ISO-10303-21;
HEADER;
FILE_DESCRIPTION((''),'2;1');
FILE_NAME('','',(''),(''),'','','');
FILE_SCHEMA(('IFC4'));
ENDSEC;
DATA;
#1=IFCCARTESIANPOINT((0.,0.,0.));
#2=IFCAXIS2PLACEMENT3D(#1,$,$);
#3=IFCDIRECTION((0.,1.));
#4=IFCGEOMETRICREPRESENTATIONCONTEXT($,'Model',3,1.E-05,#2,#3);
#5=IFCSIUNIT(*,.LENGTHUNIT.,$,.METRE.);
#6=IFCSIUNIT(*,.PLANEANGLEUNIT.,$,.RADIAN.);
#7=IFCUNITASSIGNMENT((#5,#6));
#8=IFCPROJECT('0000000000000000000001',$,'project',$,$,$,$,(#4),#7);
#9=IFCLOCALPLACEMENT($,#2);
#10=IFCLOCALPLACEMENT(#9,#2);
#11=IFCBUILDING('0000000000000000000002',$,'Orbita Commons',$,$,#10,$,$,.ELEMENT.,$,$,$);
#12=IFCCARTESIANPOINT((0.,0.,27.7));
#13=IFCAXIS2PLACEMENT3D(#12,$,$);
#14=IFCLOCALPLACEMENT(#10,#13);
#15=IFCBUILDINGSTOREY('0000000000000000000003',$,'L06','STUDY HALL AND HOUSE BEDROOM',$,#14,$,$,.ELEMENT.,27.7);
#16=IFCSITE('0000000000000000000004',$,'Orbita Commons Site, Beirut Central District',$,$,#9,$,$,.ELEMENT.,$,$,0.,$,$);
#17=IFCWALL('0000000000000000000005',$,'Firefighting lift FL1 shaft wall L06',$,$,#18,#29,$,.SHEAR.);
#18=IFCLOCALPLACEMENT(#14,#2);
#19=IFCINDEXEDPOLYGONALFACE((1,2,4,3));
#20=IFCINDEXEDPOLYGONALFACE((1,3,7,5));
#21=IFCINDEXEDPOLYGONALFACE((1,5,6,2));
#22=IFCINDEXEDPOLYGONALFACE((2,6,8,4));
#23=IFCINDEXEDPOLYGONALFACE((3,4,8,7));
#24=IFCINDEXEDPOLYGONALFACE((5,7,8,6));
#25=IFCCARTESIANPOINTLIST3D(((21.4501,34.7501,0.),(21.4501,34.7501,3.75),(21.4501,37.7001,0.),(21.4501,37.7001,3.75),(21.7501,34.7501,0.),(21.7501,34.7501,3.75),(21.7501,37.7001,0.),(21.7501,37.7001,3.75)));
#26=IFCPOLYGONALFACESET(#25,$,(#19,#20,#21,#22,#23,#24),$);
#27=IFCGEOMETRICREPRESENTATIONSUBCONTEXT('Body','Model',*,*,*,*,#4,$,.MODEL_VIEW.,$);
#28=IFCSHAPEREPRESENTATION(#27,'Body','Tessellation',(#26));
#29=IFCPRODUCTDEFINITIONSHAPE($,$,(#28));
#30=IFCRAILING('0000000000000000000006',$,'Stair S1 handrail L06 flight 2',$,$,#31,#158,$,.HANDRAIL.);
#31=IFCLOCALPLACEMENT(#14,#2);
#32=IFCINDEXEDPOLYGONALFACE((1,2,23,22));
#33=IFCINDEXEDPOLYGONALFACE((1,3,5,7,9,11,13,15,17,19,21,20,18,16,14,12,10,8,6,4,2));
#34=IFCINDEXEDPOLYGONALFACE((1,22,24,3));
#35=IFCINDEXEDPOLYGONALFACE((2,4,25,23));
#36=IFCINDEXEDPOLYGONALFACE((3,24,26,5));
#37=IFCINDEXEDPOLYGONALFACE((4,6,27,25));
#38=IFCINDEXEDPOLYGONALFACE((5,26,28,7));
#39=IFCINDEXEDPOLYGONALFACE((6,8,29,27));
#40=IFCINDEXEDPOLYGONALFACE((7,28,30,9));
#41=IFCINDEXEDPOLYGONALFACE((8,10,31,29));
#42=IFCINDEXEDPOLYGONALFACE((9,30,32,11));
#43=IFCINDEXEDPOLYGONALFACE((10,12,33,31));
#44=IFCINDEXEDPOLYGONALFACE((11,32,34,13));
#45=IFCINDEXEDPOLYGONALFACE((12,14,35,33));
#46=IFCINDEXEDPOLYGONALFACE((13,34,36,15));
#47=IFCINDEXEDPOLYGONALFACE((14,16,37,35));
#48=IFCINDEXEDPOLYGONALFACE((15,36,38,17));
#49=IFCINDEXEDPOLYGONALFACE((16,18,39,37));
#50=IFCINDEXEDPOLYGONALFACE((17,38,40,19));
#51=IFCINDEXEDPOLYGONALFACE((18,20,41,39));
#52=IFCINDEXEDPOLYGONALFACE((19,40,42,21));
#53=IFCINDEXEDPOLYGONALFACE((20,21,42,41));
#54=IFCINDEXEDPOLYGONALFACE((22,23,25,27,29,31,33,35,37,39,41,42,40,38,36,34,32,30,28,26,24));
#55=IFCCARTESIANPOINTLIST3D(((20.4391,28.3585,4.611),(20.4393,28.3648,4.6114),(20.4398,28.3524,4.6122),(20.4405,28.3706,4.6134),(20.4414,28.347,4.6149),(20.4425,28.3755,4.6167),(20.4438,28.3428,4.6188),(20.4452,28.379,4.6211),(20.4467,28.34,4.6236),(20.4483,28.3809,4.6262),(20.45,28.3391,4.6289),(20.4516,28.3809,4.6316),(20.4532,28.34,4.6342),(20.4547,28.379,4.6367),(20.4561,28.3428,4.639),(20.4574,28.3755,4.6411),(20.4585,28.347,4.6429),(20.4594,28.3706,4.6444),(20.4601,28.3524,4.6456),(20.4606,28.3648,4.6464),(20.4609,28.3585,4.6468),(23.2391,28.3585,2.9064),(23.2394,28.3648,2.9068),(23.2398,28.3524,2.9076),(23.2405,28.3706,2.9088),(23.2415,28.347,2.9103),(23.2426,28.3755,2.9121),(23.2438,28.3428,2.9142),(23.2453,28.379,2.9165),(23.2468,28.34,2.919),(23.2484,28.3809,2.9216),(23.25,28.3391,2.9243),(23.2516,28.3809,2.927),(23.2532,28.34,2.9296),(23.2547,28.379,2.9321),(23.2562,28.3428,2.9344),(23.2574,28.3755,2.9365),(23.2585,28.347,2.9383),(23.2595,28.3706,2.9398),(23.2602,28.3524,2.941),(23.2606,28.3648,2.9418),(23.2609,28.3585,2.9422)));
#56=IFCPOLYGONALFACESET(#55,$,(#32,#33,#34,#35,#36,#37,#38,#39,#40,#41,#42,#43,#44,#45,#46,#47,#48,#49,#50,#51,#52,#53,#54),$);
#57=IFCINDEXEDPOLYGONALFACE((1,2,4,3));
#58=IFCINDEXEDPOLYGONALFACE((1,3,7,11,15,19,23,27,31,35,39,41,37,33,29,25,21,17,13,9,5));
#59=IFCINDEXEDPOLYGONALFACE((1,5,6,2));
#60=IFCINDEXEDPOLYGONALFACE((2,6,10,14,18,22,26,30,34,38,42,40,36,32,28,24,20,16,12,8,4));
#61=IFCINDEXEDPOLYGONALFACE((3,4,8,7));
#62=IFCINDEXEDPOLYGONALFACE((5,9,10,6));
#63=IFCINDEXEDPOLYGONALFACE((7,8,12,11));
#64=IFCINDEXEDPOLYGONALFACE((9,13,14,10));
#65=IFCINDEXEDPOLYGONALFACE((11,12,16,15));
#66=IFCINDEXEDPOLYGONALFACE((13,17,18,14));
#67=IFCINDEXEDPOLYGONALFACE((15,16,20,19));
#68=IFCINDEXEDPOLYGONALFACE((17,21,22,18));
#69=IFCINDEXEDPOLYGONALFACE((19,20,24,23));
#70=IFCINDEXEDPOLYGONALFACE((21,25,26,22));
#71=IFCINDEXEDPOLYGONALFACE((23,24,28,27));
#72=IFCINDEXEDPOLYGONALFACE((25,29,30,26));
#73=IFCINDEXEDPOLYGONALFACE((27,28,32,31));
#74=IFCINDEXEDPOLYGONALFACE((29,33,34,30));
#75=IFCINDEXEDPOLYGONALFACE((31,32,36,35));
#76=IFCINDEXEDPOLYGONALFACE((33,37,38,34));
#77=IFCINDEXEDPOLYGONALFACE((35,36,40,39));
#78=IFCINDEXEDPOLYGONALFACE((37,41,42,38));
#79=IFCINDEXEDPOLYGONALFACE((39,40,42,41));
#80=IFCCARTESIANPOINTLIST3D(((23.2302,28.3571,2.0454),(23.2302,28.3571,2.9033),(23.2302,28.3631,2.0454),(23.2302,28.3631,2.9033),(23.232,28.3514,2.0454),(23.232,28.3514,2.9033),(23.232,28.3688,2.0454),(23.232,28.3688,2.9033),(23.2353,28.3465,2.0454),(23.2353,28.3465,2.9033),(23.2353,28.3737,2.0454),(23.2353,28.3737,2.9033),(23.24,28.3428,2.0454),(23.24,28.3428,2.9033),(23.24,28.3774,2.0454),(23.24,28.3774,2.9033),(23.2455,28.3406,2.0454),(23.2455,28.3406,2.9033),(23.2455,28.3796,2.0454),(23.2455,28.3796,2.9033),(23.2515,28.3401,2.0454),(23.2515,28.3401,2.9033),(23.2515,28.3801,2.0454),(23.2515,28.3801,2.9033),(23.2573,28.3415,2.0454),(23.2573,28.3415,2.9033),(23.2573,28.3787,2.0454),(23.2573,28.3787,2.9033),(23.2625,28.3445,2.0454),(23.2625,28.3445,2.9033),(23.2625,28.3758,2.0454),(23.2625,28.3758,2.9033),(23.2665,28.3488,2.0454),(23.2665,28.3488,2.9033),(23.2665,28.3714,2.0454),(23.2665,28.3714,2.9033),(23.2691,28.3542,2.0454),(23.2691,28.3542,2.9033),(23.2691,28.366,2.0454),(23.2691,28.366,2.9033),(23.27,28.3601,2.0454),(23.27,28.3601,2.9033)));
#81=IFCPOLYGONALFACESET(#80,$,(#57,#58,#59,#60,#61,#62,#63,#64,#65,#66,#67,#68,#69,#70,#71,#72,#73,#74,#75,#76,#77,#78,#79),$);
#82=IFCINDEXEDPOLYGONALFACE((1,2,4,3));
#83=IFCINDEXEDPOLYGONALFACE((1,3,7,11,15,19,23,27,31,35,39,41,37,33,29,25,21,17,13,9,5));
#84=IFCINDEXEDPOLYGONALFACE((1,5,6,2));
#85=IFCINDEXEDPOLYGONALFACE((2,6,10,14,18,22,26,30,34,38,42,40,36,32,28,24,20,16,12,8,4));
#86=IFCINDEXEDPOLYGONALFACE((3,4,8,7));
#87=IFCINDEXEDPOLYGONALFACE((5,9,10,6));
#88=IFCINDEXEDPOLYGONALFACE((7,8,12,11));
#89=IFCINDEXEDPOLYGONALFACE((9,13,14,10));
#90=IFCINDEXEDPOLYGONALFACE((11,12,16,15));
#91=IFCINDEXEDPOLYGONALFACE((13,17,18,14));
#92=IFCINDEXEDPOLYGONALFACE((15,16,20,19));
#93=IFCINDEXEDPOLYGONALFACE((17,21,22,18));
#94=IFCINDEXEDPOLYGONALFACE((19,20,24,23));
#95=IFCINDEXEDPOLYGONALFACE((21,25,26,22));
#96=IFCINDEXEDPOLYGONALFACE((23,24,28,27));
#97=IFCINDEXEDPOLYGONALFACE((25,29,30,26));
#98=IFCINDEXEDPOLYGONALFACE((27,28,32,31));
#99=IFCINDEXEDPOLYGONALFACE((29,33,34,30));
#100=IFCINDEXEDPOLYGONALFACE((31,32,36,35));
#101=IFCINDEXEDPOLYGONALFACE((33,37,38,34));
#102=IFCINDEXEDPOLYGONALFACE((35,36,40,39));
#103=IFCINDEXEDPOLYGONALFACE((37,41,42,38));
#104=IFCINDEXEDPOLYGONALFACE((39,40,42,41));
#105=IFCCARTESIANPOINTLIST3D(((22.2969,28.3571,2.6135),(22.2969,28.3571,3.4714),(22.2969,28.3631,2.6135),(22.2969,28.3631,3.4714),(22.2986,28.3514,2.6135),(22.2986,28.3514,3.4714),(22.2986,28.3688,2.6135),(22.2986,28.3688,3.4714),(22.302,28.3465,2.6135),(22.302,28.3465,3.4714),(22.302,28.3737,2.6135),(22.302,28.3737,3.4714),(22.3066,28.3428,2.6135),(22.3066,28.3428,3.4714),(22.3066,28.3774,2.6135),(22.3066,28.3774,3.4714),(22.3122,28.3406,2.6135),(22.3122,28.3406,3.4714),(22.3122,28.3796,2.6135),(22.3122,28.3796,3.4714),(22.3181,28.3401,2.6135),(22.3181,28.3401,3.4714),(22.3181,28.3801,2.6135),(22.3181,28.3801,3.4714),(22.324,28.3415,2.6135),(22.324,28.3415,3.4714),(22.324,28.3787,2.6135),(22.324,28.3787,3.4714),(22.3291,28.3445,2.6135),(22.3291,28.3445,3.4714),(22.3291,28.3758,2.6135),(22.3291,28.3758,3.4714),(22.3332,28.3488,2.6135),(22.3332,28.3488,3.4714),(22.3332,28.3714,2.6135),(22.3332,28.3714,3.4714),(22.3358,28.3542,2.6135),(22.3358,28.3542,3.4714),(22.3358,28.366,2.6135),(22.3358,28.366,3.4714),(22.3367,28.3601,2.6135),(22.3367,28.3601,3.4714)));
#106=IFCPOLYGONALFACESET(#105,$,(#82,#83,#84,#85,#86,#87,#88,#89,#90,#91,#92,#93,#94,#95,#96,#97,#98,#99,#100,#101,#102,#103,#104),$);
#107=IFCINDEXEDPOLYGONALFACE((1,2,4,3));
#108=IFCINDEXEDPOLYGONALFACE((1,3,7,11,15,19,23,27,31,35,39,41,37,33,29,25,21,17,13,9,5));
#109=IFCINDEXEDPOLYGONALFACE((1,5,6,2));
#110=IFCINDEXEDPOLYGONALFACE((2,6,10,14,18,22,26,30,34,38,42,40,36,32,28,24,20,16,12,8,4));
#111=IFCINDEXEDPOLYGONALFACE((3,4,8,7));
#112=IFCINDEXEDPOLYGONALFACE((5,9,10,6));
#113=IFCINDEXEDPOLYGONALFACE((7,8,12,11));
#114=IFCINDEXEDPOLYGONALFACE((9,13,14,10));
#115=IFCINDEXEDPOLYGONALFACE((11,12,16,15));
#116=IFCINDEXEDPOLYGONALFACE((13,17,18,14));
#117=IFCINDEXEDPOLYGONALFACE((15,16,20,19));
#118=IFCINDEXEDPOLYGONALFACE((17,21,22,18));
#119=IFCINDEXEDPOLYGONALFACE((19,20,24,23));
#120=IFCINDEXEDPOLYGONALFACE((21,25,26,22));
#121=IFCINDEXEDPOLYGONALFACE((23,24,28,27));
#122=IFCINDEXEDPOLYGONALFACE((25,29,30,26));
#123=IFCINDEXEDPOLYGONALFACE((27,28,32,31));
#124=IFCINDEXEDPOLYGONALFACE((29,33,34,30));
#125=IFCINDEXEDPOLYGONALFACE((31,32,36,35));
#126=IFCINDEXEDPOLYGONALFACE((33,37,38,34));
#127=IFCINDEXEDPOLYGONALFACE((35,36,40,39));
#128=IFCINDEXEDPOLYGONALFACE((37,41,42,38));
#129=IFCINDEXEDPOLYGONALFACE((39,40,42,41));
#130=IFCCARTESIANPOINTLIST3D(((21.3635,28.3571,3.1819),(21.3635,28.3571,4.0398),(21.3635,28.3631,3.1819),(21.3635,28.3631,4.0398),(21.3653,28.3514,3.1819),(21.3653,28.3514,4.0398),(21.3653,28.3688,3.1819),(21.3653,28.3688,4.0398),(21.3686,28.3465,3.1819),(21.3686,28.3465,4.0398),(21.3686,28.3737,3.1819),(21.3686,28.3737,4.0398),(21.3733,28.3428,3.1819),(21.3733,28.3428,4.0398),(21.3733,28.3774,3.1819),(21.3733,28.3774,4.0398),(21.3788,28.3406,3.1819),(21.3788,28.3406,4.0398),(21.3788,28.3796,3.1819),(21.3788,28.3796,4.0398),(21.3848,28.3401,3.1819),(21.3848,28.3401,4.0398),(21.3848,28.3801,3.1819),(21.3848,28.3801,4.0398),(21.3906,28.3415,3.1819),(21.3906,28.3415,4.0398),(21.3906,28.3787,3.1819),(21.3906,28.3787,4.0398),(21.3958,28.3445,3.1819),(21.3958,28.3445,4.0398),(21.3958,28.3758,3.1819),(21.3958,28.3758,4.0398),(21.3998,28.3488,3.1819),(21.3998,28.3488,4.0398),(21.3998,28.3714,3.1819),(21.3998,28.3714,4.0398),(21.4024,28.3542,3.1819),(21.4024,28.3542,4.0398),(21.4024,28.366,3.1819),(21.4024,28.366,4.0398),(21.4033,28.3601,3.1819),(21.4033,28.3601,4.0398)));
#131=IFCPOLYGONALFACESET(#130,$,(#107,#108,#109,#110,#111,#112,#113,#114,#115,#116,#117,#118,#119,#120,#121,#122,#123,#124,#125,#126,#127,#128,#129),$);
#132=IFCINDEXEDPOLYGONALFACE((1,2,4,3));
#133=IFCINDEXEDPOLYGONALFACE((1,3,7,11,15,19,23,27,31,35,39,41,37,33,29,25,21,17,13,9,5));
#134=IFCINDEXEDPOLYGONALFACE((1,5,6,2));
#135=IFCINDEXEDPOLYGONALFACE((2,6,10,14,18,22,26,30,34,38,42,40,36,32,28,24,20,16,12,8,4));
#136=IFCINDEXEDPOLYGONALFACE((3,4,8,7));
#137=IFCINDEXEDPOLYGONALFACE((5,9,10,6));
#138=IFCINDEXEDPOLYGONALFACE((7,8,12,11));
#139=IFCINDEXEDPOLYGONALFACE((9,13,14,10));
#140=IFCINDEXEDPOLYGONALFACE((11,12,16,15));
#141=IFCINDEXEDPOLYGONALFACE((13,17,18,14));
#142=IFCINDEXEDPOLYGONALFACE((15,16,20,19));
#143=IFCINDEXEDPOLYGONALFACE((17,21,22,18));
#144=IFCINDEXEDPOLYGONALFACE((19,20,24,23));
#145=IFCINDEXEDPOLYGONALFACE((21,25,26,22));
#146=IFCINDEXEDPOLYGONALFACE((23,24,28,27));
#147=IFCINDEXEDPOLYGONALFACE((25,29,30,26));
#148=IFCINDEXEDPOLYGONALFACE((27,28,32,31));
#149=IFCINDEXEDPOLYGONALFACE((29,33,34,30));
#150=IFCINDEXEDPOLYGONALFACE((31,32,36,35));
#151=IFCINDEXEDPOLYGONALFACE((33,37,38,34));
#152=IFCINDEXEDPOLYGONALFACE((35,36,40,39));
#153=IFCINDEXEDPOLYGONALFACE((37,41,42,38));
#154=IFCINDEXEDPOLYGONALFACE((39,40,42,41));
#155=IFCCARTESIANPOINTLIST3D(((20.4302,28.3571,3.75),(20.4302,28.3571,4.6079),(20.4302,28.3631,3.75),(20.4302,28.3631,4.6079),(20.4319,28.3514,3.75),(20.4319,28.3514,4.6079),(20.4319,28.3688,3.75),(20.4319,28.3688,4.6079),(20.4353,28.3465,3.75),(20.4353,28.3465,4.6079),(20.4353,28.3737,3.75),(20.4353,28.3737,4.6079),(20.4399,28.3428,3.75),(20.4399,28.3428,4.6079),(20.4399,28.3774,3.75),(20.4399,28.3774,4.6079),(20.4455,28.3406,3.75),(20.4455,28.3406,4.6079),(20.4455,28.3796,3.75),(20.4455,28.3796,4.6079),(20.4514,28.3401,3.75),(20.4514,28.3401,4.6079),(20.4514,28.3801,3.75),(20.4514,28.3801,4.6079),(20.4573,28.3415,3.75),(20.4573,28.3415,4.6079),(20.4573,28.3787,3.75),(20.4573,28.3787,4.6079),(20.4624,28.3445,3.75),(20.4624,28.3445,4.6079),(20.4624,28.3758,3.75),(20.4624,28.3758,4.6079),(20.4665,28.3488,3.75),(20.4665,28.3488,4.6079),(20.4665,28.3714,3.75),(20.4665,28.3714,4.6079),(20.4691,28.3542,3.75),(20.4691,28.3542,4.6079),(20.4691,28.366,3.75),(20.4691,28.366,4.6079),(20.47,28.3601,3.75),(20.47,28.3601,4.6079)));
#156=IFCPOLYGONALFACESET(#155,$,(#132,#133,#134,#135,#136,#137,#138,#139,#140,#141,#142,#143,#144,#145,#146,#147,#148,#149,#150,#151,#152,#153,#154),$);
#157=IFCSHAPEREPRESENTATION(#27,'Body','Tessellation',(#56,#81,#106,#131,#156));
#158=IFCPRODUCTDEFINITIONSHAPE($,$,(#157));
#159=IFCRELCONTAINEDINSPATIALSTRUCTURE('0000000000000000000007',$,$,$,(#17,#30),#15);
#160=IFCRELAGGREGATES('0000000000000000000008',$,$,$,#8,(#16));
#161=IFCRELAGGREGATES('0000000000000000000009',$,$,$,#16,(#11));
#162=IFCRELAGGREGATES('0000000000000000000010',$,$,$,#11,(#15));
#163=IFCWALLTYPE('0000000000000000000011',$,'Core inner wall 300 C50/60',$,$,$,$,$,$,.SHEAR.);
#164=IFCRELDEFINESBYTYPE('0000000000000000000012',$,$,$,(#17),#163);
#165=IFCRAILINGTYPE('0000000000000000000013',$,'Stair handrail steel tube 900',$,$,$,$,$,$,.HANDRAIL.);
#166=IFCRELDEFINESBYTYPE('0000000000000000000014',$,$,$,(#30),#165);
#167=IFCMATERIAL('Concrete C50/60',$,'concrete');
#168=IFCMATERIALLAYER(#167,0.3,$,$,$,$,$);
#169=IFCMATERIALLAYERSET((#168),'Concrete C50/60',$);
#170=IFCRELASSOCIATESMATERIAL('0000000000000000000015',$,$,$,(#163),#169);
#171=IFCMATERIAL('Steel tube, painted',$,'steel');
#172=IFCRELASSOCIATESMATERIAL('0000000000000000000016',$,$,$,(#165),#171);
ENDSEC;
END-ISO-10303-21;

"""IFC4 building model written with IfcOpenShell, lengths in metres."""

from ifc_helpers import new_model, si_unit, direction, frame, frame_2d, origin, origin_2d, place, context, subcontext, project, spatial, rectangle, circle, extrude, material, layer, layer_set, type_object, element, save


model = new_model("IFC4")

# Units and contexts
model_context = context("Model", 3, precision=1e-05, world=origin(), true_north=direction((0.0, 1.0)))
body_context = subcontext(model_context, "Body", "Model", "MODEL_VIEW")
ifc_project = project(units=[si_unit("LENGTHUNIT", "METRE"), si_unit("PLANEANGLEUNIT", "RADIAN")], contexts=[model_context])

# Site, building, storey
site_placement = place(None, origin())
site = spatial("IfcSite", under=ifc_project, at=site_placement, Name="Orbita Commons Site, Beirut Central District", CompositionType="ELEMENT", RefElevation=0.0)
building_placement = place(site_placement, origin())
building = spatial("IfcBuilding", under=site, at=building_placement, Name="Orbita Commons", CompositionType="ELEMENT")
storey_placement = place(building_placement, frame((0.0, 0.0, 27.7)))
storey = spatial("IfcBuildingStorey", under=building, at=storey_placement, Name="L06", Description="STUDY HALL AND HOUSE BEDROOM", CompositionType="ELEMENT", Elevation=27.7)

# Shared definitions
ifc_material_1 = material(Name="Concrete C50/60", Category="concrete")
ifc_layer = layer(ifc_material_1, 0.3)
ifc_layer_set = layer_set([ifc_layer], Name="Concrete C50/60")
wall_type = type_object("IfcWallType", Name="Core inner wall 300 C50/60", PredefinedType="SHEAR", material=ifc_layer_set)

# Wall
wall_1_placement = place(storey_placement, frame((21.6001, 34.75, 0.0), z_axis=(0.0, 0.0, 1.0), x_axis=(0.0, 1.0, 0.0)))
element("IfcWall", 1, at=wall_1_placement, inside=storey, type_object=wall_type, Name="Firefighting lift FL1 shaft wall L06", PredefinedType="SHEAR", context=body_context, shape_type="SweptSolid", body=[
    extrude(rectangle(XDim=2.95, YDim=0.3, at=frame_2d((1.4751, 0.0))), origin(), (0.0, 0.0, 1.0), 3.75),
])

# Railing
ifc_material_2 = material(Name="Steel tube, painted", Category="steel")
railing_type = type_object("IfcRailingType", Name="Stair handrail steel tube 900", PredefinedType="HANDRAIL", material=ifc_material_2)
for number, where, name in (
    (2, (23.25, 28.3601, 2.0454), "Stair S1 handrail L06 flight 2"),
):
    element("IfcRailing", number, at=place(storey_placement, frame(where)), inside=storey, type_object=railing_type, Name=name, PredefinedType="HANDRAIL", context=body_context, shape_type="SweptSolid", body=[
        extrude(circle(Radius=0.021, at=origin_2d()), frame((0.0, 0.0, 0.8789), z_axis=(-0.85417, 0.0, 0.519994), x_axis=(0.0, -1.0, 0.0)), (0.0, 0.0, 1.0), 3.2781),
        extrude(circle(Radius=0.02, at=origin_2d()), origin(), (0.0, 0.0, 1.0), 0.8579),
        extrude(circle(Radius=0.02, at=origin_2d()), frame((-0.9333, 0.0, 0.5681)), (0.0, 0.0, 1.0), 0.8579),
        extrude(circle(Radius=0.02, at=origin_2d()), frame((-1.8667, 0.0, 1.1365)), (0.0, 0.0, 1.0), 0.8579),
        extrude(circle(Radius=0.02, at=origin_2d()), frame((-2.8, 0.0, 1.7046)), (0.0, 0.0, 1.0), 0.8579),
    ])

save(model, "model.ifc")
